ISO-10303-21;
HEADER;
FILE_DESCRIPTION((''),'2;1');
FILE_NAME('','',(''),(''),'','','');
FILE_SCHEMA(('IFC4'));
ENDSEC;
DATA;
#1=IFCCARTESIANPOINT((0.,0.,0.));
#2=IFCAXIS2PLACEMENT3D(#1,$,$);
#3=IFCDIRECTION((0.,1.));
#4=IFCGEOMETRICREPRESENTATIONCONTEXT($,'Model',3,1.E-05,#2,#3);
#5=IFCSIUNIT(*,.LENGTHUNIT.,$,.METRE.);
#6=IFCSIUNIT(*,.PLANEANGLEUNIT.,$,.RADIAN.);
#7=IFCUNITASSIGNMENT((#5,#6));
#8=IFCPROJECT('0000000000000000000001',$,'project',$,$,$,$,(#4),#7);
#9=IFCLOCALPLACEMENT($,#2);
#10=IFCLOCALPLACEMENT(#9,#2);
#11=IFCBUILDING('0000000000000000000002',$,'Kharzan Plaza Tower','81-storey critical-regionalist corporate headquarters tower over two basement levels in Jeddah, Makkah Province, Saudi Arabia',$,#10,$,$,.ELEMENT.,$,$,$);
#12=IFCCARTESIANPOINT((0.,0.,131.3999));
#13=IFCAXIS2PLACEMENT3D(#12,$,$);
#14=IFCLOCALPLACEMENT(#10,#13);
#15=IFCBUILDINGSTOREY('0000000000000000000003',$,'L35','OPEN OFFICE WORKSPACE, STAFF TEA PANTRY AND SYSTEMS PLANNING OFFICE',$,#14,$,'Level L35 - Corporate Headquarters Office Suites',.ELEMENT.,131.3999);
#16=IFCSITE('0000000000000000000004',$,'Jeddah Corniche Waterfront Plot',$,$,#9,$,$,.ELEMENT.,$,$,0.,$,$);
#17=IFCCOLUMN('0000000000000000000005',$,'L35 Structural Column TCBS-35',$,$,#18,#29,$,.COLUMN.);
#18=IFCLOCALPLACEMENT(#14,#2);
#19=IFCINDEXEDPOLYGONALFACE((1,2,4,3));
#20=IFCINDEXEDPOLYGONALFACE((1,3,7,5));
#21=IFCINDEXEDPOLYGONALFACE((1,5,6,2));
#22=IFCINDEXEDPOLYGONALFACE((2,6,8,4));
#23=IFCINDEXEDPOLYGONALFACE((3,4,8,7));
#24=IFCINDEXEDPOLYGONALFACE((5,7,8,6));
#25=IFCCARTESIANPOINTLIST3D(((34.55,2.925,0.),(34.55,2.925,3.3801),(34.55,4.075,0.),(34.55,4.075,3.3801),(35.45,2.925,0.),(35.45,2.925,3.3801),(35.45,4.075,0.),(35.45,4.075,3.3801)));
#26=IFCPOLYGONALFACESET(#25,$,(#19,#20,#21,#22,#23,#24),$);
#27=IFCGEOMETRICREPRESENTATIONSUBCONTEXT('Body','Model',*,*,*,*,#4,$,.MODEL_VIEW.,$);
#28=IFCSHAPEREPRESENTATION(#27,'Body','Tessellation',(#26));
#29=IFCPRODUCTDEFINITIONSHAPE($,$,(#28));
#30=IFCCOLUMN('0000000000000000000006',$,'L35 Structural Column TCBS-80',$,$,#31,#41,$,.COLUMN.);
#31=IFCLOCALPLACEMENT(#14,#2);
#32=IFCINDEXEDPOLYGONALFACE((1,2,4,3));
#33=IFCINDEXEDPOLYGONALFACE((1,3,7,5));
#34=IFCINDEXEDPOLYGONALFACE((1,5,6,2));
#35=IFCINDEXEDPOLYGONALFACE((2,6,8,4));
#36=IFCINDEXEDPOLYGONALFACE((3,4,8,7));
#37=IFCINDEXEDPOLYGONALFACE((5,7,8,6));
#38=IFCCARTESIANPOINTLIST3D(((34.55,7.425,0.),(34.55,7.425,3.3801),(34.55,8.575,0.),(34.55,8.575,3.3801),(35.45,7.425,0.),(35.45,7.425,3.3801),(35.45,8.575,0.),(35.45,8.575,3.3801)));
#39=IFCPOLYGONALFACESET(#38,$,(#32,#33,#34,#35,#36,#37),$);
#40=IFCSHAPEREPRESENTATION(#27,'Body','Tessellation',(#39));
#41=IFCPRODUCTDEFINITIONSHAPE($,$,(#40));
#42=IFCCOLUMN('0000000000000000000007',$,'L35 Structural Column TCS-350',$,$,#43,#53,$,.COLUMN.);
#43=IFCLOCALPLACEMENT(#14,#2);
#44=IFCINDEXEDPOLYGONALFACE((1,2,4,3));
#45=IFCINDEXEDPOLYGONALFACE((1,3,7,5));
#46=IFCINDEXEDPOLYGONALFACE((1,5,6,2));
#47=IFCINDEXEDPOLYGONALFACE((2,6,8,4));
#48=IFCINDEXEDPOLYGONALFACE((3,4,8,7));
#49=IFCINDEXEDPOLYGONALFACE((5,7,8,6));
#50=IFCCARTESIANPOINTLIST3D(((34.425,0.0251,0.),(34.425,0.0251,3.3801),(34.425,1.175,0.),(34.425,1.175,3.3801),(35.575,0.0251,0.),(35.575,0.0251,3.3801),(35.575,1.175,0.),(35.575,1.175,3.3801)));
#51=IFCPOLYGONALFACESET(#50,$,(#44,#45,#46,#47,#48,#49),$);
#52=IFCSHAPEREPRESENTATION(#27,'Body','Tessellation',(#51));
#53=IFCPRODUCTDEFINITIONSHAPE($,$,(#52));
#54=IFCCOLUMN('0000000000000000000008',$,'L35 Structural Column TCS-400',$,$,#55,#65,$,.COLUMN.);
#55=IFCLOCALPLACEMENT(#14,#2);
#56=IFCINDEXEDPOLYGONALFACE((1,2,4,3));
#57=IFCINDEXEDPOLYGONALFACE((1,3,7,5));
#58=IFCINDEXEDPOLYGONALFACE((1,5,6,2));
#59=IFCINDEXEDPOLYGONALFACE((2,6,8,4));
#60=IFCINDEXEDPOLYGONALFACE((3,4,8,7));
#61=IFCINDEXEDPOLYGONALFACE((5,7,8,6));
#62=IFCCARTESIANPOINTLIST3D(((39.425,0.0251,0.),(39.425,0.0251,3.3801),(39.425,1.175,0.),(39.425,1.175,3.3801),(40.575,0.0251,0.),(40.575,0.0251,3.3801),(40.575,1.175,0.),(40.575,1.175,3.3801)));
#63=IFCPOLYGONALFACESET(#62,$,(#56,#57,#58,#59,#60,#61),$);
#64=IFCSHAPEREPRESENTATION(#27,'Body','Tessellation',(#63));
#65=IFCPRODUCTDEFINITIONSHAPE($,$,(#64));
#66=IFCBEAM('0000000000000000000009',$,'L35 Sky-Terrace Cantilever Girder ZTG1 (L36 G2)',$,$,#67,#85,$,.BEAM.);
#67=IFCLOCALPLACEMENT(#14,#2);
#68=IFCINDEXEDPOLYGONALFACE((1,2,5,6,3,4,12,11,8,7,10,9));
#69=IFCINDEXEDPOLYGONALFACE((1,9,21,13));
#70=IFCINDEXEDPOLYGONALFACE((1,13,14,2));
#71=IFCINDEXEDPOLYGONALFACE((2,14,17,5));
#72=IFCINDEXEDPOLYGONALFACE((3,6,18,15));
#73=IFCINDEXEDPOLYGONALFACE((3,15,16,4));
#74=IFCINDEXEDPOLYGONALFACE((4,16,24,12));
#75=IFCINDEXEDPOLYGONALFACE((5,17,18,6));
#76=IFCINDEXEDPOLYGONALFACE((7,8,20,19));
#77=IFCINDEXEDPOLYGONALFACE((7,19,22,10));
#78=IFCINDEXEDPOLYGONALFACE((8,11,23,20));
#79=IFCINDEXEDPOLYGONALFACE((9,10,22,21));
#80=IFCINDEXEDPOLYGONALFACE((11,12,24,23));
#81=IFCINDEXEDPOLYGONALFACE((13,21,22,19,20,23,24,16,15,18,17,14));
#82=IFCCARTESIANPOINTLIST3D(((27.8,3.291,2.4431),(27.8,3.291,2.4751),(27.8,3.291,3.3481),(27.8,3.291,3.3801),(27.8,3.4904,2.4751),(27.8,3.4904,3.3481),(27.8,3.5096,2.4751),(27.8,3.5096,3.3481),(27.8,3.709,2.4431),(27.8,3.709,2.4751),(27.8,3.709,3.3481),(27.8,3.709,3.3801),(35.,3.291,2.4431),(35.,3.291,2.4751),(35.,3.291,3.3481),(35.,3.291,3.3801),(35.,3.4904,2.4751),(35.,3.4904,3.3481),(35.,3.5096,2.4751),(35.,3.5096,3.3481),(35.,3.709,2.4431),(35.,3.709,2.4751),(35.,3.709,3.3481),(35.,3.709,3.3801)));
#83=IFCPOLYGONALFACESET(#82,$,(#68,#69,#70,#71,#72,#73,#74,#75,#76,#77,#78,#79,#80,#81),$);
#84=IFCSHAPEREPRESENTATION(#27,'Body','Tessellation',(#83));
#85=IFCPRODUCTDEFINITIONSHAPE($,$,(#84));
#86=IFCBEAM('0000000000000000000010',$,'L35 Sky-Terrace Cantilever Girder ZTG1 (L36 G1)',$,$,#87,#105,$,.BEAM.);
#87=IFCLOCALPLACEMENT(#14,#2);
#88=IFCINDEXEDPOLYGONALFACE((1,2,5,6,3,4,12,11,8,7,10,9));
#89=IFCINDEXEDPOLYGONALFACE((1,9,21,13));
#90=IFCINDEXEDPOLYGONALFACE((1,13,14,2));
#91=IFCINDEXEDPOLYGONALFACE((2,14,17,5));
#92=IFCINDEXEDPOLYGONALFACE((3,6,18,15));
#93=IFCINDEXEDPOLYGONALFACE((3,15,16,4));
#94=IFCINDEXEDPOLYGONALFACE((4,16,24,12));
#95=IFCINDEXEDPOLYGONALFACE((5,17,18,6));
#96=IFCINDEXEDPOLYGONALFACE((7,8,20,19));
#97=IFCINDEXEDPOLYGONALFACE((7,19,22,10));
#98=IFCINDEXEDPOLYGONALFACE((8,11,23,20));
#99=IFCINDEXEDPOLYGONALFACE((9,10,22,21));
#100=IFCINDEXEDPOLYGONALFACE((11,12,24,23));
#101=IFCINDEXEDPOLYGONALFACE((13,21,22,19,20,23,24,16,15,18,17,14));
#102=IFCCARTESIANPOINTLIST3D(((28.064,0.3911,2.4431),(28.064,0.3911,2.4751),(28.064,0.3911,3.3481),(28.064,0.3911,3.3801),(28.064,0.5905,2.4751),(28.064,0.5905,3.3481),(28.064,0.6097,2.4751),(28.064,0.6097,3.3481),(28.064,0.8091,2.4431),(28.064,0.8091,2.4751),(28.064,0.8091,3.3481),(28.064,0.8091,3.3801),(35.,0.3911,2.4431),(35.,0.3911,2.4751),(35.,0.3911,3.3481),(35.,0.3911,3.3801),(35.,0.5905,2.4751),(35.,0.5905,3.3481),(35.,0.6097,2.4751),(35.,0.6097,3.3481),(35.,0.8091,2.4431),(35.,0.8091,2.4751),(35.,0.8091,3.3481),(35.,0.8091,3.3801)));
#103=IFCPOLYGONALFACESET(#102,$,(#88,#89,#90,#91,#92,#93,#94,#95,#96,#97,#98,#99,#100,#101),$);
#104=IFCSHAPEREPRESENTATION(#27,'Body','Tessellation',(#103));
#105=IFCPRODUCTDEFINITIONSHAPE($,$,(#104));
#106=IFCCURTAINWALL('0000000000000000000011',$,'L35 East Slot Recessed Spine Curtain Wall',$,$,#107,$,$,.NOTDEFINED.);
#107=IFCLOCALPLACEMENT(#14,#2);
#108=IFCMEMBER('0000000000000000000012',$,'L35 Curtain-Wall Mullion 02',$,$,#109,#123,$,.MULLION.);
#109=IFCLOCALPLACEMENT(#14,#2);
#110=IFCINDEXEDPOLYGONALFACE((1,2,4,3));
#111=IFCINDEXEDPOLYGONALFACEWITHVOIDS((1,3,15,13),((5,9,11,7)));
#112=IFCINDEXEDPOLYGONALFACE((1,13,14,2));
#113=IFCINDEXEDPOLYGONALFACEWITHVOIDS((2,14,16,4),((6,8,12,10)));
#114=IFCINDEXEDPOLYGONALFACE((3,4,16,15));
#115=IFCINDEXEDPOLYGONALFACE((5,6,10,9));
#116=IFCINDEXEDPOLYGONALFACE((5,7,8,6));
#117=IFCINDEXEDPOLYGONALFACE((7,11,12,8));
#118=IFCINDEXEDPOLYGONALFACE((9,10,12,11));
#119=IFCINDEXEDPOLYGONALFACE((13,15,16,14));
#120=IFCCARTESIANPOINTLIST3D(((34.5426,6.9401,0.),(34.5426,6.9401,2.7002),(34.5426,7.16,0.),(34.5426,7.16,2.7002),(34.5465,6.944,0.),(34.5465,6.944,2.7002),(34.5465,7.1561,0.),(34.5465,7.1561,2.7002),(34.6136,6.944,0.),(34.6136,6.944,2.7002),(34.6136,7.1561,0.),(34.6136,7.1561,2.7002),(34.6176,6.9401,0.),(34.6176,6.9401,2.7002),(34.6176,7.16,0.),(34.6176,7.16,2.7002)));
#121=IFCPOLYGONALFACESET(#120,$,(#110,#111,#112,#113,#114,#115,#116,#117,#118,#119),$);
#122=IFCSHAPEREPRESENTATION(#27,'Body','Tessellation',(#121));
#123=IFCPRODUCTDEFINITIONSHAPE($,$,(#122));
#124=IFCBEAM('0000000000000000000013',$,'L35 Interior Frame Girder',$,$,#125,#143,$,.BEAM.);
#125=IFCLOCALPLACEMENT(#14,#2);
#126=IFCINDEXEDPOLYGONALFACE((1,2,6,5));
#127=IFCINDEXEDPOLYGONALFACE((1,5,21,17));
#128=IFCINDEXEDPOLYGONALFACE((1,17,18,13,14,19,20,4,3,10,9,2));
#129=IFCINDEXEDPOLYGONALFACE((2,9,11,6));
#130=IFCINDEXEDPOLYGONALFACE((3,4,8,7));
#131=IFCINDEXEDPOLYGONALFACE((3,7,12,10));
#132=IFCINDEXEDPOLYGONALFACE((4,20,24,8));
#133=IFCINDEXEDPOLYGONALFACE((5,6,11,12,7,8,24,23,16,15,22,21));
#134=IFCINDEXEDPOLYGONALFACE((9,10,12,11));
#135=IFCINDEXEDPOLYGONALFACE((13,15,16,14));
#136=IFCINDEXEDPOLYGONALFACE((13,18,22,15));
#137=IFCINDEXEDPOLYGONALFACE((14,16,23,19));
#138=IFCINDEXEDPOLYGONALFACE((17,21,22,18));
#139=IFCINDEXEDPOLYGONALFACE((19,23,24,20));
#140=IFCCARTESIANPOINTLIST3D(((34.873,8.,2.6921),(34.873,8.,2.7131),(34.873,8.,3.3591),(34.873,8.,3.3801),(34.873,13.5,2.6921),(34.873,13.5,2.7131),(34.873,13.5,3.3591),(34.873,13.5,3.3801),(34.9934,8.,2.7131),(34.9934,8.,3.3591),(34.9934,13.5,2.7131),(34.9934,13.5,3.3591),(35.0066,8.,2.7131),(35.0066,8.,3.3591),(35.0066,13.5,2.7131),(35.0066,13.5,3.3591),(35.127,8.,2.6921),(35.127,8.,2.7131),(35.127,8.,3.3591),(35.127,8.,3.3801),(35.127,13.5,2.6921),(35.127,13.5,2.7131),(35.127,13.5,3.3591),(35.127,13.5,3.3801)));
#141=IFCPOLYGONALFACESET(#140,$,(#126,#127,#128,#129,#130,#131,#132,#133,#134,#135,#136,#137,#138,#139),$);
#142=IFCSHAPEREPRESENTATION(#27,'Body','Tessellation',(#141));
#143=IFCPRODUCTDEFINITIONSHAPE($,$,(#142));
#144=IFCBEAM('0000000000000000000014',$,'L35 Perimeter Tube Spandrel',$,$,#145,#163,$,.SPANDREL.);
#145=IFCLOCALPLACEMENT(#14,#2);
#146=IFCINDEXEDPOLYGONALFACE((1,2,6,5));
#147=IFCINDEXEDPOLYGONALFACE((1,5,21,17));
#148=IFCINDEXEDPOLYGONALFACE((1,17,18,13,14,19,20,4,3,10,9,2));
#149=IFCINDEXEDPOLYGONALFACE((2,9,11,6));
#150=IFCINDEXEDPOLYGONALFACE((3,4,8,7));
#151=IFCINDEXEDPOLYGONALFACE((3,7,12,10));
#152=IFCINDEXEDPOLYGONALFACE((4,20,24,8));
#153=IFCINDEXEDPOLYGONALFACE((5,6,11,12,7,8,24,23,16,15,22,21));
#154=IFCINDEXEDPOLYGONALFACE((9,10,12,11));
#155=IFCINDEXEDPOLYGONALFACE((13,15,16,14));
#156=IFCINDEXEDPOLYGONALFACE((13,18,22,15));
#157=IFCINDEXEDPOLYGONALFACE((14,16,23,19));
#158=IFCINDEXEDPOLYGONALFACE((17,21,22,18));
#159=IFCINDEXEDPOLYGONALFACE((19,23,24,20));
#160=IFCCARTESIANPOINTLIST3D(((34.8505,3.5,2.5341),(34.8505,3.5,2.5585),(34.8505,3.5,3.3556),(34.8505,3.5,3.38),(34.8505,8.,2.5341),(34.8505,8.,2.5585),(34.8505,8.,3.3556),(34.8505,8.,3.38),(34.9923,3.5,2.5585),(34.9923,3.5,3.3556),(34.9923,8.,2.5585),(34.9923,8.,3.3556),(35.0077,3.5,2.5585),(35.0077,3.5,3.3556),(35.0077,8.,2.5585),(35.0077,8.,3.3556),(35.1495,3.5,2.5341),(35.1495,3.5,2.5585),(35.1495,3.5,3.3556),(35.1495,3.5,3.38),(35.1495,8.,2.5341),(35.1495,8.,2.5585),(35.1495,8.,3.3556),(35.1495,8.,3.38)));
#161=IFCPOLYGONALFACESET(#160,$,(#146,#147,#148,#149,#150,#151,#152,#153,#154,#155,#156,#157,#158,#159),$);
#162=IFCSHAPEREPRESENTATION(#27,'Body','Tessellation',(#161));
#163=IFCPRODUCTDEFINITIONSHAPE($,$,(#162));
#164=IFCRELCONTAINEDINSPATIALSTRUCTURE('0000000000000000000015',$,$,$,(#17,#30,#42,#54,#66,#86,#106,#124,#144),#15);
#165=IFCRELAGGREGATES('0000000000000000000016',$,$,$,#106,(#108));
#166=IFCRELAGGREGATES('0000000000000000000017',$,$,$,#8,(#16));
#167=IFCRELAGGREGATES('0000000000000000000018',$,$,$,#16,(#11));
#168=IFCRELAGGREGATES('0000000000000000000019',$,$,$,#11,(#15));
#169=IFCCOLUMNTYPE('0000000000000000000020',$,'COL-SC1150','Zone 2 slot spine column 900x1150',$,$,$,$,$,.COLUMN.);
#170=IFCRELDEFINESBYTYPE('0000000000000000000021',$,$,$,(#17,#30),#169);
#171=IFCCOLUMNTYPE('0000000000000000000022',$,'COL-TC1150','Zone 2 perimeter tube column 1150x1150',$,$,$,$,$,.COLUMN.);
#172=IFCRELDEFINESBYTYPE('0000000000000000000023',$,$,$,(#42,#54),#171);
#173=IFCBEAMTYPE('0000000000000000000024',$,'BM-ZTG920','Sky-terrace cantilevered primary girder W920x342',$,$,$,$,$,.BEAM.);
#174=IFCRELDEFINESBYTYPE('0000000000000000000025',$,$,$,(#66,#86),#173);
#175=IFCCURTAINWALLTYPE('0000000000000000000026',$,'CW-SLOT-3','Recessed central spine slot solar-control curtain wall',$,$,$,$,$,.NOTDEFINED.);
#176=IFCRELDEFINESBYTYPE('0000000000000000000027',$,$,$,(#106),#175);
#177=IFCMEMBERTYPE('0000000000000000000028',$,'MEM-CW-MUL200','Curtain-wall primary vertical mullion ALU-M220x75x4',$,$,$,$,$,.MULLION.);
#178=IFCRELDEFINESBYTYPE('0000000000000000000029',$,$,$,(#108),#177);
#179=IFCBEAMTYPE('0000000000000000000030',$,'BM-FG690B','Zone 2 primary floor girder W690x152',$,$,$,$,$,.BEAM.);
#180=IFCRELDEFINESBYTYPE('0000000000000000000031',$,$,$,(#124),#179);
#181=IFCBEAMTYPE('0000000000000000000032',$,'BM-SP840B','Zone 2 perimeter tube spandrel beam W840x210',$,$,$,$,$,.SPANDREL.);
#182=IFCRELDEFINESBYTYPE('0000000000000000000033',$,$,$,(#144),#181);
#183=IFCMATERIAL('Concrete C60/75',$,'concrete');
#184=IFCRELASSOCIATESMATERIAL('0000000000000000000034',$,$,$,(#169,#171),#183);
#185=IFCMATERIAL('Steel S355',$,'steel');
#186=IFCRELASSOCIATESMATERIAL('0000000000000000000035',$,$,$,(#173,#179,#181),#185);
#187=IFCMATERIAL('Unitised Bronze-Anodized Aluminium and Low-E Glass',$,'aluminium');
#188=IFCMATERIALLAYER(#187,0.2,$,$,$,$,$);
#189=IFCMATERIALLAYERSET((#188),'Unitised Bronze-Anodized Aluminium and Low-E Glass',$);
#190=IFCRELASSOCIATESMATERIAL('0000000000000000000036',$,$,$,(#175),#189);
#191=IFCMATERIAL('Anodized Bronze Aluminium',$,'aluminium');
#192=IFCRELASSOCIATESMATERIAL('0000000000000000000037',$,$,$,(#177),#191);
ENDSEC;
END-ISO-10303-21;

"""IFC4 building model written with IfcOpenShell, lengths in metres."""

from ifc_helpers import new_model, si_unit, direction, frame, origin, origin_2d, place, context, subcontext, project, spatial, rectangle, hollow_rectangle, i_section, extrude, source, transform, mapped, material, layer, layer_set, material_profile, profile_set, type_object, element, aggregate, save


model = new_model("IFC4")

# Units and contexts
model_context = context("Model", 3, precision=1e-05, world=origin(), true_north=direction((0.0, 1.0)))
body_context = subcontext(model_context, "Body", "Model", "MODEL_VIEW")
ifc_project = project(units=[si_unit("LENGTHUNIT", "METRE"), si_unit("PLANEANGLEUNIT", "RADIAN")], contexts=[model_context])

# Site, building, storey
site_placement = place(None, origin())
site = spatial("IfcSite", under=ifc_project, at=site_placement, Name="Jeddah Corniche Waterfront Plot", CompositionType="ELEMENT", RefElevation=0.0)
building_placement = place(site_placement, origin())
building = spatial("IfcBuilding", under=site, at=building_placement, Name="Kharzan Plaza Tower", Description="81-storey critical-regionalist corporate headquarters tower over two basement levels in Jeddah, Makkah Province, Saudi Arabia", CompositionType="ELEMENT")
storey_placement = place(building_placement, frame((0.0, 0.0, 131.3999)))
storey = spatial("IfcBuildingStorey", under=building, at=storey_placement, Name="L35", Description="OPEN OFFICE WORKSPACE, STAFF TEA PANTRY AND SYSTEMS PLANNING OFFICE", LongName="Level L35 - Corporate Headquarters Office Suites", CompositionType="ELEMENT", Elevation=131.3999)

# Columns
ifc_material_1 = material(Name="Concrete C60/75", Category="concrete")
ifc_material_profile_1 = material_profile(ifc_material_1, rectangle(XDim=0.8999, YDim=1.1499, at=origin_2d()), Name="RC-SC1150x900")
ifc_profile_set_1 = profile_set([ifc_material_profile_1], Name="Concrete C60/75")
column_type_1 = type_object("IfcColumnType", Name="COL-SC1150", Description="Zone 2 slot spine column 900x1150", PredefinedType="COLUMN", material=ifc_profile_set_1)
shared_shape_1 = source(origin(), body_context, "Body", "SweptSolid", [
    extrude(rectangle(XDim=0.8999, YDim=1.1499, at=origin_2d()), origin(), (0.0, 0.0, 1.0), 3.3801),
])
for number, where, z_axis, x_axis, name in (
    (1, (35.0, 3.5, 0.0), (0.0, 0.0, 1.0), (1.0, 0.0, 0.0), "L35 Structural Column TCBS-35"),
    (2, (35.0, 8.0, 0.0), (0.0, 0.0, 1.0), (1.0, 0.0, 0.0), "L35 Structural Column TCBS-80"),
):
    element("IfcColumn", number, at=place(storey_placement, frame(where, z_axis=z_axis, x_axis=x_axis)), inside=storey, type_object=column_type_1, Name=name, PredefinedType="COLUMN", context=body_context, shape_type="MappedRepresentation", body=[
        mapped(shared_shape_1, transform((0.0, 0.0, 0.0), x_axis=(1.0, 0.0, 0.0), y_axis=(0.0, 1.0, 0.0), z_axis=(0.0, 0.0, 1.0))),
    ])
ifc_material_profile_2 = material_profile(ifc_material_1, rectangle(XDim=1.1499, YDim=1.1499, at=origin_2d()), Name="RC-TC1150x1150")
ifc_profile_set_2 = profile_set([ifc_material_profile_2], Name="Concrete C60/75")
column_type_2 = type_object("IfcColumnType", Name="COL-TC1150", Description="Zone 2 perimeter tube column 1150x1150", PredefinedType="COLUMN", material=ifc_profile_set_2)
shared_shape_2 = source(origin(), body_context, "Body", "SweptSolid", [
    extrude(rectangle(XDim=1.1499, YDim=1.1499, at=origin_2d()), origin(), (0.0, 0.0, 1.0), 3.3801),
])
for number, where, z_axis, x_axis, name in (
    (3, (35.0, 0.6001, 0.0), (0.0, 0.0, 1.0), (1.0, 0.0, 0.0), "L35 Structural Column TCS-350"),
    (4, (40.0, 0.6001, 0.0), (0.0, 0.0, 1.0), (1.0, 0.0, 0.0), "L35 Structural Column TCS-400"),
):
    element("IfcColumn", number, at=place(storey_placement, frame(where, z_axis=z_axis, x_axis=x_axis)), inside=storey, type_object=column_type_2, Name=name, PredefinedType="COLUMN", context=body_context, shape_type="MappedRepresentation", body=[
        mapped(shared_shape_2, transform((0.0, 0.0, 0.0), x_axis=(1.0, 0.0, 0.0), y_axis=(0.0, 1.0, 0.0), z_axis=(0.0, 0.0, 1.0))),
    ])

# Beams
ifc_material_2 = material(Name="Steel S355", Category="steel")
ifc_material_profile_3 = material_profile(ifc_material_2, i_section(OverallWidth=0.418, OverallDepth=0.937, WebThickness=0.0193, FlangeThickness=0.032, at=origin_2d()), Name="W920x342")
ifc_profile_set_3 = profile_set([ifc_material_profile_3], Name="Steel S355")
beam_type_1 = type_object("IfcBeamType", Name="BM-ZTG920", Description="Sky-terrace cantilevered primary girder W920x342", PredefinedType="BEAM", material=ifc_profile_set_3)
shared_shape_3 = source(origin(), body_context, "Body", "SweptSolid", [
    extrude(i_section(OverallWidth=0.418, OverallDepth=0.937, WebThickness=0.0193, FlangeThickness=0.032, at=origin_2d()), origin(), (0.0, 0.0, 1.0), 7.2),
])
beam_1_placement = place(storey_placement, frame((35.0, 3.5, 2.9116), z_axis=(-1.0, 0.0, 0.0), x_axis=(0.0, -1.0, 0.0)))
element("IfcBeam", 5, at=beam_1_placement, inside=storey, type_object=beam_type_1, Name="L35 Sky-Terrace Cantilever Girder ZTG1 (L36 G2)", PredefinedType="BEAM", context=body_context, shape_type="MappedRepresentation", body=[
    mapped(shared_shape_3, transform((0.0, 0.0, 0.0), x_axis=(1.0, 0.0, 0.0), y_axis=(0.0, 1.0, 0.0), z_axis=(0.0, 0.0, 1.0))),
])
shared_shape_4 = source(origin(), body_context, "Body", "SweptSolid", [
    extrude(i_section(OverallWidth=0.418, OverallDepth=0.937, WebThickness=0.0193, FlangeThickness=0.032, at=origin_2d()), origin(), (0.0, 0.0, 1.0), 6.936),
])
beam_2_placement = place(storey_placement, frame((35.0, 0.6001, 2.9116), z_axis=(-1.0, 0.0, 0.0), x_axis=(0.0, -1.0, 0.0)))
element("IfcBeam", 6, at=beam_2_placement, inside=storey, type_object=beam_type_1, Name="L35 Sky-Terrace Cantilever Girder ZTG1 (L36 G1)", PredefinedType="BEAM", context=body_context, shape_type="MappedRepresentation", body=[
    mapped(shared_shape_4, transform((0.0, 0.0, 0.0), x_axis=(1.0, 0.0, 0.0), y_axis=(0.0, 1.0, 0.0), z_axis=(0.0, 0.0, 1.0))),
])

# Curtain wall, member
ifc_material_3 = material(Name="Unitised Bronze-Anodized Aluminium and Low-E Glass", Category="aluminium")
ifc_layer_1 = layer(ifc_material_3, 0.2)
ifc_layer_set_1 = layer_set([ifc_layer_1], Name="Unitised Bronze-Anodized Aluminium and Low-E Glass")
curtain_wall_type = type_object("IfcCurtainWallType", Name="CW-SLOT-3", Description="Recessed central spine slot solar-control curtain wall", PredefinedType="NOTDEFINED", material=ifc_layer_set_1)
curtain_wall_placement = place(storey_placement, origin())
curtain_wall = element("IfcCurtainWall", 7, at=curtain_wall_placement, inside=storey, type_object=curtain_wall_type, Name="L35 East Slot Recessed Spine Curtain Wall", PredefinedType="NOTDEFINED")
ifc_material_4 = material(Name="Anodized Bronze Aluminium", Category="aluminium")
ifc_material_profile_4 = material_profile(ifc_material_4, hollow_rectangle(XDim=0.075, YDim=0.22, WallThickness=0.0039, at=origin_2d()), Name="ALU-M220x75x4")
ifc_profile_set_4 = profile_set([ifc_material_profile_4], Name="Anodized Bronze Aluminium")
member_type = type_object("IfcMemberType", Name="MEM-CW-MUL200", Description="Curtain-wall primary vertical mullion ALU-M220x75x4", PredefinedType="MULLION", material=ifc_profile_set_4)
shared_shape_5 = source(origin(), body_context, "Body", "SweptSolid", [
    extrude(hollow_rectangle(XDim=0.075, YDim=0.22, WallThickness=0.0039, at=origin_2d()), origin(), (0.0, 0.0, 1.0), 2.7002),
])
member_placement = place(storey_placement, frame((34.5801, 7.05, 0.0), z_axis=(0.0, 0.0, 1.0), x_axis=(1.0, 0.0, 0.0)))
member = element("IfcMember", 8, at=member_placement, type_object=member_type, Name="L35 Curtain-Wall Mullion 02", PredefinedType="MULLION", context=body_context, shape_type="MappedRepresentation", body=[
    mapped(shared_shape_5, transform((0.0, 0.0, 0.0), x_axis=(1.0, 0.0, 0.0), y_axis=(0.0, 1.0, 0.0), z_axis=(0.0, 0.0, 1.0))),
])

# Beams
ifc_material_profile_5 = material_profile(ifc_material_2, i_section(OverallWidth=0.2539, OverallDepth=0.688, WebThickness=0.0132, FlangeThickness=0.021, at=origin_2d()), Name="W690x152")
ifc_profile_set_5 = profile_set([ifc_material_profile_5], Name="Steel S355")
beam_type_2 = type_object("IfcBeamType", Name="BM-FG690B", Description="Zone 2 primary floor girder W690x152", PredefinedType="BEAM", material=ifc_profile_set_5)
shared_shape_6 = source(origin(), body_context, "Body", "SweptSolid", [
    extrude(i_section(OverallWidth=0.2539, OverallDepth=0.688, WebThickness=0.0132, FlangeThickness=0.021, at=origin_2d()), origin(), (0.0, 0.0, 1.0), 5.5),
])
beam_3_placement = place(storey_placement, frame((35.0, 8.0, 3.0361), z_axis=(0.0, 1.0, 0.0), x_axis=(-1.0, 0.0, 0.0)))
element("IfcBeam", 9, at=beam_3_placement, inside=storey, type_object=beam_type_2, Name="L35 Interior Frame Girder", PredefinedType="BEAM", context=body_context, shape_type="MappedRepresentation", body=[
    mapped(shared_shape_6, transform((0.0, 0.0, 0.0), x_axis=(1.0, 0.0, 0.0), y_axis=(0.0, 1.0, 0.0), z_axis=(0.0, 0.0, 1.0))),
])
ifc_material_profile_6 = material_profile(ifc_material_2, i_section(OverallWidth=0.2991, OverallDepth=0.8459, WebThickness=0.0154, FlangeThickness=0.0244, at=origin_2d()), Name="W840x210")
ifc_profile_set_6 = profile_set([ifc_material_profile_6], Name="Steel S355")
beam_type_3 = type_object("IfcBeamType", Name="BM-SP840B", Description="Zone 2 perimeter tube spandrel beam W840x210", PredefinedType="SPANDREL", material=ifc_profile_set_6)
shared_shape_7 = source(origin(), body_context, "Body", "SweptSolid", [
    extrude(i_section(OverallWidth=0.2991, OverallDepth=0.8459, WebThickness=0.0154, FlangeThickness=0.0244, at=origin_2d()), origin(), (0.0, 0.0, 1.0), 4.5),
])
beam_4_placement = place(storey_placement, frame((35.0, 3.5, 2.957), z_axis=(0.0, 1.0, 0.0), x_axis=(-1.0, 0.0, 0.0)))
element("IfcBeam", 10, at=beam_4_placement, inside=storey, type_object=beam_type_3, Name="L35 Perimeter Tube Spandrel", PredefinedType="SPANDREL", context=body_context, shape_type="MappedRepresentation", body=[
    mapped(shared_shape_7, transform((0.0, 0.0, 0.0), x_axis=(1.0, 0.0, 0.0), y_axis=(0.0, 1.0, 0.0), z_axis=(0.0, 0.0, 1.0))),
])

aggregate(curtain_wall, [member])

save(model, "model.ifc")
